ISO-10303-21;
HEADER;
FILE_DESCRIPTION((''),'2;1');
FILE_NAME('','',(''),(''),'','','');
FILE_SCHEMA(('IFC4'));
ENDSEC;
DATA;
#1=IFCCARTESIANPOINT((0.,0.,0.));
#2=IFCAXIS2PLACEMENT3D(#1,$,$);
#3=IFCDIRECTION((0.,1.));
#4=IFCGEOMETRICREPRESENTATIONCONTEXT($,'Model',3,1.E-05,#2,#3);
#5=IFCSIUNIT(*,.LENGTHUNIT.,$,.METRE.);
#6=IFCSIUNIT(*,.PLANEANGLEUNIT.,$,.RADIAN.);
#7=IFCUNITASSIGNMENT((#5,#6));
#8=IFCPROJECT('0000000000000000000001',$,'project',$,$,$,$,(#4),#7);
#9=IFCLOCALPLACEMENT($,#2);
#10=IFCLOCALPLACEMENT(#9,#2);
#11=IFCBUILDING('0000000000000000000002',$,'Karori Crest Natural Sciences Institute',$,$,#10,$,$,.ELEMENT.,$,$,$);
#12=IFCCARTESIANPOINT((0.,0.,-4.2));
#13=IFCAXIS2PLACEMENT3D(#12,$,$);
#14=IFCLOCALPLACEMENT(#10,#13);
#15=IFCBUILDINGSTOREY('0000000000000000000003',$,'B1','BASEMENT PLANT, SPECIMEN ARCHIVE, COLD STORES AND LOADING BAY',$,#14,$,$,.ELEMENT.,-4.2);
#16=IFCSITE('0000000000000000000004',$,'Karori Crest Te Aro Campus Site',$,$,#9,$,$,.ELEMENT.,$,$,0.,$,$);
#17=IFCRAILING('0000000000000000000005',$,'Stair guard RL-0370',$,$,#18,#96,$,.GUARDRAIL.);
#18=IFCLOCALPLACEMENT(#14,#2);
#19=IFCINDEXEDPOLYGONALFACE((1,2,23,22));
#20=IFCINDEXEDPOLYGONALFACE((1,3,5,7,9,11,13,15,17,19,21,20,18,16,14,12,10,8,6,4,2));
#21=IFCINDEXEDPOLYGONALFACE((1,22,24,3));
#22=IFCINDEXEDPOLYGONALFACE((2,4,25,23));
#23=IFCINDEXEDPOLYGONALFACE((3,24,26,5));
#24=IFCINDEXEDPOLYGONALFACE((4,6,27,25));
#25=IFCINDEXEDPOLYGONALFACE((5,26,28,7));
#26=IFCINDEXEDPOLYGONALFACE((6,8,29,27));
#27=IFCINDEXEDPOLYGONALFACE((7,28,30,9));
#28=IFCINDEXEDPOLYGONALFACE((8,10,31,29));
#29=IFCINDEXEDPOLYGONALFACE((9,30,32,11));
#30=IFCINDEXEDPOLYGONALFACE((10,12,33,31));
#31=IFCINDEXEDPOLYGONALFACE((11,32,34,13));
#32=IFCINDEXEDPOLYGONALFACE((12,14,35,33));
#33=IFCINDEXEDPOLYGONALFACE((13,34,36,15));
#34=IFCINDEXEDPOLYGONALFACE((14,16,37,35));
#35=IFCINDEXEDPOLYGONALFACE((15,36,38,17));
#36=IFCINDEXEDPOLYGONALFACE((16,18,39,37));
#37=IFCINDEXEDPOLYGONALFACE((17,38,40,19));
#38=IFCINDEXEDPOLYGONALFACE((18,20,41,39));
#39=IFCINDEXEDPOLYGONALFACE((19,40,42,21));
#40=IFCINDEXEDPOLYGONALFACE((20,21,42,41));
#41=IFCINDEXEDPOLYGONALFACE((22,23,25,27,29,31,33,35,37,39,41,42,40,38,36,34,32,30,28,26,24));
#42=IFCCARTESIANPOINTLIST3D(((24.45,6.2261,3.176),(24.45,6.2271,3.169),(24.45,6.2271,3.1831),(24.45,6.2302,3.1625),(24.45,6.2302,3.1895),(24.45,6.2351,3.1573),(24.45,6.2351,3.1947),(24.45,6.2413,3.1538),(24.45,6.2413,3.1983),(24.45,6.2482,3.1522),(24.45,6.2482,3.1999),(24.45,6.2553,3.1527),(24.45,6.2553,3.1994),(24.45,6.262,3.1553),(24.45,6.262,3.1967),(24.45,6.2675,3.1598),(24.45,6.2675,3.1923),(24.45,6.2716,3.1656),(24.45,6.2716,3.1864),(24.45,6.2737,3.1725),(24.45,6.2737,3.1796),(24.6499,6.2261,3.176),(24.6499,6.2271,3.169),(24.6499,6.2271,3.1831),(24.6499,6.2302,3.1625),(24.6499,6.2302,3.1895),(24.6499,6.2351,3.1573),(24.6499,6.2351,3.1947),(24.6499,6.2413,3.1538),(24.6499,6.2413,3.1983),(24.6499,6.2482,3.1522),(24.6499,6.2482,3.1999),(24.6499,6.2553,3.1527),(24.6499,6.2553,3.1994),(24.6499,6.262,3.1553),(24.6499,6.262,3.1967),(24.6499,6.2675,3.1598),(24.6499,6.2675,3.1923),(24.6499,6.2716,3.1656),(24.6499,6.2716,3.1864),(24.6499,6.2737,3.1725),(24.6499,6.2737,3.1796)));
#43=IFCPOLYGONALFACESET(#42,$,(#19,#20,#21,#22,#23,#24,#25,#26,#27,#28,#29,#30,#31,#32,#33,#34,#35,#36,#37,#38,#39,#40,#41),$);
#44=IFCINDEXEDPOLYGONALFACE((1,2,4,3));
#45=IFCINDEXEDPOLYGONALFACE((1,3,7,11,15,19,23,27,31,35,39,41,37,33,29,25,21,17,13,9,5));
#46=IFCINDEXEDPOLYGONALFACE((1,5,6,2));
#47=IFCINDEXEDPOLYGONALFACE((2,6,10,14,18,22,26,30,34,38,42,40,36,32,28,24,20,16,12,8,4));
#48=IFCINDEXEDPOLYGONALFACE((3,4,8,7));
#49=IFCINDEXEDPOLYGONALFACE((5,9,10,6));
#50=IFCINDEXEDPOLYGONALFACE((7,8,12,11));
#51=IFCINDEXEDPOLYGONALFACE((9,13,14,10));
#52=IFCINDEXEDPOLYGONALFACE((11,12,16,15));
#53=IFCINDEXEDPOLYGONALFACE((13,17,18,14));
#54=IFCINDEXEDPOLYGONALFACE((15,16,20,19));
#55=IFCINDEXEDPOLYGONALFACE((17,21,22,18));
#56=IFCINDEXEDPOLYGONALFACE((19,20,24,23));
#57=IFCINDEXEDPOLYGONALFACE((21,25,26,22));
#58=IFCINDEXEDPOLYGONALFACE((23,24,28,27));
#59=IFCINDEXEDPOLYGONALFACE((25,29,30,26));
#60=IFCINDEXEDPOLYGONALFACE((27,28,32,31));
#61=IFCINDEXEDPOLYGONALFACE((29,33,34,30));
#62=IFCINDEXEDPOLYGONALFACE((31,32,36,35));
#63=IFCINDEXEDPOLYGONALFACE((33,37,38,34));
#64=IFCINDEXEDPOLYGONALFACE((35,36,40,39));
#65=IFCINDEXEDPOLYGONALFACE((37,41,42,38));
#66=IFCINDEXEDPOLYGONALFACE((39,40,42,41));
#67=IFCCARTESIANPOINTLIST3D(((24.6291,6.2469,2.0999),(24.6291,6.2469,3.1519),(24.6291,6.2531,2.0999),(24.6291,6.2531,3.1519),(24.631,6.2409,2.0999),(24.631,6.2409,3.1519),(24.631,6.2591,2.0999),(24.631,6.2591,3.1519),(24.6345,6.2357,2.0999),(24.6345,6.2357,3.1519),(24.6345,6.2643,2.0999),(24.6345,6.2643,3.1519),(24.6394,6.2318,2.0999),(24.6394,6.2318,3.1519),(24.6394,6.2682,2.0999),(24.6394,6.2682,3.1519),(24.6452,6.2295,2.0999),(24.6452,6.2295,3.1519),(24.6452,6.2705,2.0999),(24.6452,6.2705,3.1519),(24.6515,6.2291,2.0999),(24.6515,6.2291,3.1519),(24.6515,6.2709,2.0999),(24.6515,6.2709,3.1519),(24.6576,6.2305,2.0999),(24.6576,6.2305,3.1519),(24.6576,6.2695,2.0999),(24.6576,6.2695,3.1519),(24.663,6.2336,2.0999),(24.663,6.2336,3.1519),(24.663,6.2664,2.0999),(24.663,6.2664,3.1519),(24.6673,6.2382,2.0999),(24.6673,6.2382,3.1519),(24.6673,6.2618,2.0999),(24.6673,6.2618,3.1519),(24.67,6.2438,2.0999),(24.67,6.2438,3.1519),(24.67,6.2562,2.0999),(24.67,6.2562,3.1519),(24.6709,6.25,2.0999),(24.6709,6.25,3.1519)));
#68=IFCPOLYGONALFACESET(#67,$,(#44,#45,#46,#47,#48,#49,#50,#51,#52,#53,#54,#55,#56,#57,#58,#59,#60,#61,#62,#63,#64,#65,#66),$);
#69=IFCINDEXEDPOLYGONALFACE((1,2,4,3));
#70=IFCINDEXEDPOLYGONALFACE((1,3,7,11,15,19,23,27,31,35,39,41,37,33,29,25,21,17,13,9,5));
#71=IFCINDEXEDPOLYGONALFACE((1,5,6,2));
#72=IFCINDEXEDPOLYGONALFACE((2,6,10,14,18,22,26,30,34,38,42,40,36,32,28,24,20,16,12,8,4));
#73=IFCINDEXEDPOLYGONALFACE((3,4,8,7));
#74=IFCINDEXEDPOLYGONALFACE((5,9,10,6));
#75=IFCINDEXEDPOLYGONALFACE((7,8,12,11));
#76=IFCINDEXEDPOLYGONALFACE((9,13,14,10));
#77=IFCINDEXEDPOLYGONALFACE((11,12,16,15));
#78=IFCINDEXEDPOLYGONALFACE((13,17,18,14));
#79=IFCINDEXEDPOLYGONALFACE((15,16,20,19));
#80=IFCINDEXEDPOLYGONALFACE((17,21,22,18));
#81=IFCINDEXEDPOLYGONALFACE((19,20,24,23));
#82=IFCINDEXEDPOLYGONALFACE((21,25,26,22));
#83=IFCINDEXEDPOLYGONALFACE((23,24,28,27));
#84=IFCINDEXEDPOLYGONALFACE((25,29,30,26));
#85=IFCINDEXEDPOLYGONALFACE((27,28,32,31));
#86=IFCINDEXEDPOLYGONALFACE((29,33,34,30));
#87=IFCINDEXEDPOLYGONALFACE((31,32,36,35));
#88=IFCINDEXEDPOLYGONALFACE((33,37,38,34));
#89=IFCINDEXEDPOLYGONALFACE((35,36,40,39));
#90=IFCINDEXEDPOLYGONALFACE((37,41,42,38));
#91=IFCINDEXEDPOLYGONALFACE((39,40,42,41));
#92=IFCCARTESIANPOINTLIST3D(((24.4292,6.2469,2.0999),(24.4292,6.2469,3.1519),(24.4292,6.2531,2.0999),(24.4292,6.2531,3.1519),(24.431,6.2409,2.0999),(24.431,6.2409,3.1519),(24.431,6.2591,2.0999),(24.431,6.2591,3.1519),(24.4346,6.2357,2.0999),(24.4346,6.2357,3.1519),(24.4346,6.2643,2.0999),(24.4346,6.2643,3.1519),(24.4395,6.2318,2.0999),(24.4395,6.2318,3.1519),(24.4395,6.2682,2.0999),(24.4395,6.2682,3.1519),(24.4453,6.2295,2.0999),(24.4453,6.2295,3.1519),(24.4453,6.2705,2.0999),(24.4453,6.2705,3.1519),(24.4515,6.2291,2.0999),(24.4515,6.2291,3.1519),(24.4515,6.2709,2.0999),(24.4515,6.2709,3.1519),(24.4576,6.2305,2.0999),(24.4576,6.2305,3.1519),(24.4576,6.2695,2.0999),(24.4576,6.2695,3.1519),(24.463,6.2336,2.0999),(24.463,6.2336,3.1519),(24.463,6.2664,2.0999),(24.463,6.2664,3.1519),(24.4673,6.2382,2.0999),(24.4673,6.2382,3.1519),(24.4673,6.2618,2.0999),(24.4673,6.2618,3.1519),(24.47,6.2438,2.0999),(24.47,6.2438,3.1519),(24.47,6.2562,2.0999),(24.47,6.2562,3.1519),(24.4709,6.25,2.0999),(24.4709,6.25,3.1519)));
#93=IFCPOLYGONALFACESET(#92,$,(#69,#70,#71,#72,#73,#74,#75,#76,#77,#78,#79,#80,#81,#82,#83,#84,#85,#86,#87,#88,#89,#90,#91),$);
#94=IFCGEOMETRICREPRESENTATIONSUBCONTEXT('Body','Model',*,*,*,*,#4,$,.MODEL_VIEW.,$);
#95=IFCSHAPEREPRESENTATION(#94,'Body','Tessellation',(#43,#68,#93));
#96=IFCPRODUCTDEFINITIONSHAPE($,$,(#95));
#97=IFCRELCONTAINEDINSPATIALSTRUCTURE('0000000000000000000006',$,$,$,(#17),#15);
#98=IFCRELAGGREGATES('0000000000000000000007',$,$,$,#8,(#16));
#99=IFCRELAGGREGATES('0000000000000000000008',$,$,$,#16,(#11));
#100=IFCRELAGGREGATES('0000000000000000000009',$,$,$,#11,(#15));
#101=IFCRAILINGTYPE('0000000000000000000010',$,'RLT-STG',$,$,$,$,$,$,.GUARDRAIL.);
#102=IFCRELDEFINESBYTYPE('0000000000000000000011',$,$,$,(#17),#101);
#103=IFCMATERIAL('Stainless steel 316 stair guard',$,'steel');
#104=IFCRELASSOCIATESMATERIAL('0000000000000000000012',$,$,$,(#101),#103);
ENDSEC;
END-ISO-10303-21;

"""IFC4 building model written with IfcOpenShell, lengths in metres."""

from ifc_helpers import new_model, si_unit, direction, frame, origin, origin_2d, place, context, subcontext, project, spatial, circle, extrude, material, type_object, element, save


model = new_model("IFC4")

# Units and contexts
model_context = context("Model", 3, precision=1e-05, world=origin(), true_north=direction((0.0, 1.0)))
body_context = subcontext(model_context, "Body", "Model", "MODEL_VIEW")
ifc_project = project(units=[si_unit("LENGTHUNIT", "METRE"), si_unit("PLANEANGLEUNIT", "RADIAN")], contexts=[model_context])

# Site, building, storey
site_placement = place(None, origin())
site = spatial("IfcSite", under=ifc_project, at=site_placement, Name="Karori Crest Te Aro Campus Site", CompositionType="ELEMENT", RefElevation=0.0)
building_placement = place(site_placement, origin())
building = spatial("IfcBuilding", under=site, at=building_placement, Name="Karori Crest Natural Sciences Institute", CompositionType="ELEMENT")
storey_placement = place(building_placement, frame((0.0, 0.0, -4.2)))
storey = spatial("IfcBuildingStorey", under=building, at=storey_placement, Name="B1", Description="BASEMENT PLANT, SPECIMEN ARCHIVE, COLD STORES AND LOADING BAY", CompositionType="ELEMENT", Elevation=-4.2)

# Railing
ifc_material_1 = material(Name="Stainless steel 316 stair guard", Category="steel")
railing_type_1 = type_object("IfcRailingType", Name="RLT-STG", PredefinedType="GUARDRAIL", material=ifc_material_1)
railing_1_placement = place(storey_placement, frame((24.6499, 6.25, 2.0999)))
element("IfcRailing", 1, at=railing_1_placement, inside=storey, type_object=railing_type_1, Name="Stair guard RL-0370", PredefinedType="GUARDRAIL", context=body_context, shape_type="SweptSolid", body=[
    extrude(circle(Radius=0.0239, at=origin_2d()), frame((0.0, 0.0, 1.0762), z_axis=(-1.0, 0.0, 0.0), x_axis=(0.0, -1.0, 0.0)), (0.0, 0.0, 1.0), 0.2),
    extrude(circle(Radius=0.021, at=origin_2d()), origin(), (0.0, 0.0, 1.0), 1.052),
    extrude(circle(Radius=0.021, at=origin_2d()), frame((-0.2, 0.0, 0.0)), (0.0, 0.0, 1.0), 1.052),
])

save(model, "model.ifc")
